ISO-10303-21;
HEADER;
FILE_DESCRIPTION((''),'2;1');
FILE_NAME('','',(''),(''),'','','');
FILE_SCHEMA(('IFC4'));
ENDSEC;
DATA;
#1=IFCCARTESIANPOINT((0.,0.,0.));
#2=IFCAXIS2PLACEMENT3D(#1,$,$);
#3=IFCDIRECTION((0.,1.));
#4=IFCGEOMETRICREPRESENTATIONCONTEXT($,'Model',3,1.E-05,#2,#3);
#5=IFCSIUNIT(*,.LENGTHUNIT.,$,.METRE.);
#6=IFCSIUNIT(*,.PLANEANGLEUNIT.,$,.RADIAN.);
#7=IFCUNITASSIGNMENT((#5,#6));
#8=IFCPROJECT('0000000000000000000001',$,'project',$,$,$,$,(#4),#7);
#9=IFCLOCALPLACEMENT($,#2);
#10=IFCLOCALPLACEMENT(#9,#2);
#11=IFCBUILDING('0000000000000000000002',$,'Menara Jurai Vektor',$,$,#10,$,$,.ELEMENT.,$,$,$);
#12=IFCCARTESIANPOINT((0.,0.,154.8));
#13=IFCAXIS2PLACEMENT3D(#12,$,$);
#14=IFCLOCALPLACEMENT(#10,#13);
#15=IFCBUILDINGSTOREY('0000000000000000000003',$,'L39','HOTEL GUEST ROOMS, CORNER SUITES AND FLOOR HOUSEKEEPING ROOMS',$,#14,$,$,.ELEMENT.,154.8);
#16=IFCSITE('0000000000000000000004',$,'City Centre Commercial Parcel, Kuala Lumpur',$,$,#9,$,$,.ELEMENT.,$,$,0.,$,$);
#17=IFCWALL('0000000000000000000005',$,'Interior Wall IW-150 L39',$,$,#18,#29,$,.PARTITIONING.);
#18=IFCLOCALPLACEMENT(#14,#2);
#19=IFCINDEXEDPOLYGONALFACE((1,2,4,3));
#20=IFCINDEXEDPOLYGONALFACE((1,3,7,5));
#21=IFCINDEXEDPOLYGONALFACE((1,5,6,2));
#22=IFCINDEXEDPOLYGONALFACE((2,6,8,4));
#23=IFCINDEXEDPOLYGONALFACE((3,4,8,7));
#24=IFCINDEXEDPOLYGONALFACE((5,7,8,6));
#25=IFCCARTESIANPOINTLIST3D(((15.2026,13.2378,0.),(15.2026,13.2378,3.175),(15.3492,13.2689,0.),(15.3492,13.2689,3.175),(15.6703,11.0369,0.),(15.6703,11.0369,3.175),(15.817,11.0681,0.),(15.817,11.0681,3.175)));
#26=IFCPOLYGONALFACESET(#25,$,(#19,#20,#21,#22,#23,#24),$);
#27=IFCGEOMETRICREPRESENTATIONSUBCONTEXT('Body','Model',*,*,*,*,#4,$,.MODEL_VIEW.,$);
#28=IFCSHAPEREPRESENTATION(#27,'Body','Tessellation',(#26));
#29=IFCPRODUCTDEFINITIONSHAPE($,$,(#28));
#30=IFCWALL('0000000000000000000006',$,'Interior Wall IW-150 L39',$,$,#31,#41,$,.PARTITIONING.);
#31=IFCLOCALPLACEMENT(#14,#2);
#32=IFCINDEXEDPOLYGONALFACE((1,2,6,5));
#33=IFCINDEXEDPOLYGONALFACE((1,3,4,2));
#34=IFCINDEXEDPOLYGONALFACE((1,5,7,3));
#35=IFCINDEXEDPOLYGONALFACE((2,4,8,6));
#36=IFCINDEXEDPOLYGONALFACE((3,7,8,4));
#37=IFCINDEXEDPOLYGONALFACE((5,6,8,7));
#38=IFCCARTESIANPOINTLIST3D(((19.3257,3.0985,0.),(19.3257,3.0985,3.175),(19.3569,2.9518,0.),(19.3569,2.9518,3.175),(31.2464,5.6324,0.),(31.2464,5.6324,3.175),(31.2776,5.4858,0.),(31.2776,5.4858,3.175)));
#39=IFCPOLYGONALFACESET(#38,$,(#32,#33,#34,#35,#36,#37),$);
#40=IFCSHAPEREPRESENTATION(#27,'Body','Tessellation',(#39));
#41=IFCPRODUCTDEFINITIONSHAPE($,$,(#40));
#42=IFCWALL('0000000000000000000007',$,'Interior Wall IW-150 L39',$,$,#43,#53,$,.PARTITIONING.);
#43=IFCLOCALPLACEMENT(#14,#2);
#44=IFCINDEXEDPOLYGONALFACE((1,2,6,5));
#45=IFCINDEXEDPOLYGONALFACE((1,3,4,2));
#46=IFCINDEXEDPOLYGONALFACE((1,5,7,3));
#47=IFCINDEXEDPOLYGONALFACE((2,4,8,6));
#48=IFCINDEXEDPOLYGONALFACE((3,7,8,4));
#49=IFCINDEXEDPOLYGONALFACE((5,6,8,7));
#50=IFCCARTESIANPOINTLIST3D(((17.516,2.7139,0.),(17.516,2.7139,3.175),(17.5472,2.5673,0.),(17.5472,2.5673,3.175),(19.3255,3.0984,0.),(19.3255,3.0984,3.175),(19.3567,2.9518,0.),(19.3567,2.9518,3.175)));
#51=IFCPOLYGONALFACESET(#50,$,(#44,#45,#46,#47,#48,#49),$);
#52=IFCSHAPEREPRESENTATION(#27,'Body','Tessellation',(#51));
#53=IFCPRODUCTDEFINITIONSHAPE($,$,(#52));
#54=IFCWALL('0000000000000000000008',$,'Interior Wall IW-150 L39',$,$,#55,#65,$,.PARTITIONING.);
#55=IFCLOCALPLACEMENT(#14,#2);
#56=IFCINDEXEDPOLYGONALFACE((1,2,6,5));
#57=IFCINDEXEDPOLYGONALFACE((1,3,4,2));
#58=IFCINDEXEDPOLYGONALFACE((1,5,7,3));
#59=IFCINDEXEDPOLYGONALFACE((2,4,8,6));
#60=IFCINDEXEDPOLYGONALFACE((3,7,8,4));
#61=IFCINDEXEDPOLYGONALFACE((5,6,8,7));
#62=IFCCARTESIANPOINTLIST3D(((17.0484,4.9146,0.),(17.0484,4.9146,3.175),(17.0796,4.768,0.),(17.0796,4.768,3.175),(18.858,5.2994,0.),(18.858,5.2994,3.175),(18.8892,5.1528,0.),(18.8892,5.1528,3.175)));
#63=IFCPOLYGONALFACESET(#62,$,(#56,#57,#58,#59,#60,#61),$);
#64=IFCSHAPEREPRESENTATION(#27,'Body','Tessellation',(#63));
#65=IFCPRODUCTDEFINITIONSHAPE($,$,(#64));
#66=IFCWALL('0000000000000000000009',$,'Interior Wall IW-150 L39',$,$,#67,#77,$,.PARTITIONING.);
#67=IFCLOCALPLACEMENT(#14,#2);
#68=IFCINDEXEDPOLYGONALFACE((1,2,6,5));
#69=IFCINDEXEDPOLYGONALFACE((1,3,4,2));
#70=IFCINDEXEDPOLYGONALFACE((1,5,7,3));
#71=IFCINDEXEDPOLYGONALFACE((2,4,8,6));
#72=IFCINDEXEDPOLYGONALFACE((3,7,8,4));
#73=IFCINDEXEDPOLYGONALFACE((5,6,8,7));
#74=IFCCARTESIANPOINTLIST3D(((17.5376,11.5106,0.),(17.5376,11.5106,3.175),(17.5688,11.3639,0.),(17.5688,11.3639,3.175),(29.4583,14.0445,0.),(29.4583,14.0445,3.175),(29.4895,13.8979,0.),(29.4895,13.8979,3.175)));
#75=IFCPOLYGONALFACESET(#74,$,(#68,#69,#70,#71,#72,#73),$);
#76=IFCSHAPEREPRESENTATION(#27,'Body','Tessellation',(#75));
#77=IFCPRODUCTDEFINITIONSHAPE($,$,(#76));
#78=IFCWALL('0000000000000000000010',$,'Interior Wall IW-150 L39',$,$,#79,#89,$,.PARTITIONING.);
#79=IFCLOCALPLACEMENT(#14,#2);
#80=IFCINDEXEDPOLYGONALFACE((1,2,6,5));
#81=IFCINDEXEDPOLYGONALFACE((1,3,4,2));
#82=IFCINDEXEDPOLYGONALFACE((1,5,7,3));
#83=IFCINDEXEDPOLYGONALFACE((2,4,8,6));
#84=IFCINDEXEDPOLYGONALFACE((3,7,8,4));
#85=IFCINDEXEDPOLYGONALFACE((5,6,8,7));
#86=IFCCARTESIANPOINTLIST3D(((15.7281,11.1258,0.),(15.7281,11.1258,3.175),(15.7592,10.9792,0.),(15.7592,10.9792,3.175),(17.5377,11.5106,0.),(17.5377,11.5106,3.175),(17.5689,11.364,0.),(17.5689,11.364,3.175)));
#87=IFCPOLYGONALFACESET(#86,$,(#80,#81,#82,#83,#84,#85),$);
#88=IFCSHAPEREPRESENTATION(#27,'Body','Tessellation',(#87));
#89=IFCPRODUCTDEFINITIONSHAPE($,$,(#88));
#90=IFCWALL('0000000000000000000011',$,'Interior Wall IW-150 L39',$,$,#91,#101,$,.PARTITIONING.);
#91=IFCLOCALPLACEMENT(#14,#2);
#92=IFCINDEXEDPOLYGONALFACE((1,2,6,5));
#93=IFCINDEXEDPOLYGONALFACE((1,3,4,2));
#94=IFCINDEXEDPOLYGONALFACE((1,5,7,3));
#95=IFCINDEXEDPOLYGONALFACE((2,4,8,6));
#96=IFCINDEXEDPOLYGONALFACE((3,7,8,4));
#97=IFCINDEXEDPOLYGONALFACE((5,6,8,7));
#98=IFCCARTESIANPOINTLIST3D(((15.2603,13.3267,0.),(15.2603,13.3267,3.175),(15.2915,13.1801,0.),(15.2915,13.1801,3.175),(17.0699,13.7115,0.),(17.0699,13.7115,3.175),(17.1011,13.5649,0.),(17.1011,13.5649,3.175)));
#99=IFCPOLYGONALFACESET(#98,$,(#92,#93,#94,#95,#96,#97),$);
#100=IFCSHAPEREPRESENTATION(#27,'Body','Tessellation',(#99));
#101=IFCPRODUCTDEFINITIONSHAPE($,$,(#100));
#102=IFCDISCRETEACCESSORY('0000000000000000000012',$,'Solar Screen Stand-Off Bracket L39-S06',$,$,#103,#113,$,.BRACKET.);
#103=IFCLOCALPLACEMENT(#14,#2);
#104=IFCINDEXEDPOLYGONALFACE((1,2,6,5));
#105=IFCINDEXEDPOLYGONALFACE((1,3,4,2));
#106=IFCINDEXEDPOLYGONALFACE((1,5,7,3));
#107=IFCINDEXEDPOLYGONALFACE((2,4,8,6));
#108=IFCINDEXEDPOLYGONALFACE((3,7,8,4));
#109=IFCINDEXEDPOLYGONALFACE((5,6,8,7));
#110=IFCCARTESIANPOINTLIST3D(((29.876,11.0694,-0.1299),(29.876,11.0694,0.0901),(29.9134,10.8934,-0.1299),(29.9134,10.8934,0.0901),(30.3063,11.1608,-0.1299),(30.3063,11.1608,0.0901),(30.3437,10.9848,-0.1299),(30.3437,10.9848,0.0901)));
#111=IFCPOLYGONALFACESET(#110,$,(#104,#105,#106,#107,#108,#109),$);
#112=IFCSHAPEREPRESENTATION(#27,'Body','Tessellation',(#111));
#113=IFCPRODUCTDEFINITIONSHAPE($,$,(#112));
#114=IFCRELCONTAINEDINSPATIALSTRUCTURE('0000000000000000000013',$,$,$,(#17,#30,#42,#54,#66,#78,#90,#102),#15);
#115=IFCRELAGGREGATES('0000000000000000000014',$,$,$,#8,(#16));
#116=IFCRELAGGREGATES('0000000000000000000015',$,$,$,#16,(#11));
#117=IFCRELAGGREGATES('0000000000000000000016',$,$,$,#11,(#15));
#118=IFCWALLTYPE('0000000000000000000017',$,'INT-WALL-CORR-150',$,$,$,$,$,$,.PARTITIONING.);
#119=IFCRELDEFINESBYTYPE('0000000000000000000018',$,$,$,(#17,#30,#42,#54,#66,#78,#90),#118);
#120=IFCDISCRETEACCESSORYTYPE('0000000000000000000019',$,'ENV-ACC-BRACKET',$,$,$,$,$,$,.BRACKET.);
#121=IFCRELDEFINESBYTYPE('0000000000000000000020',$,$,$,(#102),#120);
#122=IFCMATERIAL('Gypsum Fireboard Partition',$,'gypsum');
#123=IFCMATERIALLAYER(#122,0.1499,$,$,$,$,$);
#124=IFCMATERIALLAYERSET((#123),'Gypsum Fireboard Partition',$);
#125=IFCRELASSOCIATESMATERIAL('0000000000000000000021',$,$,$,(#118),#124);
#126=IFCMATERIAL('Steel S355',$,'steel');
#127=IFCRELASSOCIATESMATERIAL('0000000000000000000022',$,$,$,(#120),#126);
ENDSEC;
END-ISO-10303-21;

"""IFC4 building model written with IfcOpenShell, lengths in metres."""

from ifc_helpers import new_model, si_unit, direction, frame, frame_2d, origin, origin_2d, place, context, subcontext, project, spatial, rectangle, extrude, material, layer, layer_set, type_object, element, save


model = new_model("IFC4")

# Units and contexts
model_context = context("Model", 3, precision=1e-05, world=origin(), true_north=direction((0.0, 1.0)))
body_context = subcontext(model_context, "Body", "Model", "MODEL_VIEW")
ifc_project = project(units=[si_unit("LENGTHUNIT", "METRE"), si_unit("PLANEANGLEUNIT", "RADIAN")], contexts=[model_context])

# Site, building, storey
site_placement = place(None, origin())
site = spatial("IfcSite", under=ifc_project, at=site_placement, Name="City Centre Commercial Parcel, Kuala Lumpur", CompositionType="ELEMENT", RefElevation=0.0)
building_placement = place(site_placement, origin())
building = spatial("IfcBuilding", under=site, at=building_placement, Name="Menara Jurai Vektor", CompositionType="ELEMENT")
storey_placement = place(building_placement, frame((0.0, 0.0, 154.8)))
storey = spatial("IfcBuildingStorey", under=building, at=storey_placement, Name="L39", Description="HOTEL GUEST ROOMS, CORNER SUITES AND FLOOR HOUSEKEEPING ROOMS", CompositionType="ELEMENT", Elevation=154.8)

# Shared definitions
ifc_material_1 = material(Name="Steel S355", Category="steel")

# Shared definitions
ifc_material_2 = material(Name="Gypsum Fireboard Partition", Category="gypsum")
ifc_layer_1 = layer(ifc_material_2, 0.1499)
ifc_layer_set_1 = layer_set([ifc_layer_1], Name="Gypsum Fireboard Partition")
wall_type = type_object("IfcWallType", Name="INT-WALL-CORR-150", PredefinedType="PARTITIONING", material=ifc_layer_set_1)

# Walls
wall_1_placement = place(storey_placement, frame((15.7437, 11.0525, 0.0), z_axis=(0.0, 0.0, 1.0), x_axis=(-0.207891, 0.978152, 0.0)))
element("IfcWall", 1, at=wall_1_placement, inside=storey, type_object=wall_type, Name="Interior Wall IW-150 L39", PredefinedType="PARTITIONING", context=body_context, shape_type="SweptSolid", body=[
    extrude(rectangle(XDim=2.25, YDim=0.1499, at=frame_2d((1.125, 0.0))), origin(), (0.0, 0.0, 1.0), 3.175),
])
wall_2_placement = place(storey_placement, frame((19.3413, 3.0251, 0.0), z_axis=(0.0, 0.0, 1.0), x_axis=(0.978146, 0.207921, 0.0)))
element("IfcWall", 2, at=wall_2_placement, inside=storey, type_object=wall_type, Name="Interior Wall IW-150 L39", PredefinedType="PARTITIONING", context=body_context, shape_type="SweptSolid", body=[
    extrude(rectangle(XDim=12.187, YDim=0.1499, at=frame_2d((6.0935, 0.0))), origin(), (0.0, 0.0, 1.0), 3.175),
])
wall_3_placement = place(storey_placement, frame((17.5317, 2.6406, 0.0), z_axis=(0.0, 0.0, 1.0), x_axis=(0.97816, 0.207852, 0.0)))
element("IfcWall", 3, at=wall_3_placement, inside=storey, type_object=wall_type, Name="Interior Wall IW-150 L39", PredefinedType="PARTITIONING", context=body_context, shape_type="SweptSolid", body=[
    extrude(rectangle(XDim=1.8499, YDim=0.1499, at=frame_2d((0.9248, 0.0))), origin(), (0.0, 0.0, 1.0), 3.175),
])
wall_4_placement = place(storey_placement, frame((17.064, 4.8413, 0.0), z_axis=(0.0, 0.0, 1.0), x_axis=(0.978133, 0.207979, 0.0)))
element("IfcWall", 4, at=wall_4_placement, inside=storey, type_object=wall_type, Name="Interior Wall IW-150 L39", PredefinedType="PARTITIONING", context=body_context, shape_type="SweptSolid", body=[
    extrude(rectangle(XDim=1.8501, YDim=0.1499, at=frame_2d((0.925, 0.0))), origin(), (0.0, 0.0, 1.0), 3.175),
])

# Walls
wall_5_placement = place(storey_placement, frame((17.5532, 11.4373, 0.0), z_axis=(0.0, 0.0, 1.0), x_axis=(0.978146, 0.207921, 0.0)))
element("IfcWall", 5, at=wall_5_placement, inside=storey, type_object=wall_type, Name="Interior Wall IW-150 L39", PredefinedType="PARTITIONING", context=body_context, shape_type="SweptSolid", body=[
    extrude(rectangle(XDim=12.187, YDim=0.1499, at=frame_2d((6.0935, 0.0))), origin(), (0.0, 0.0, 1.0), 3.175),
])
for number, where, z_axis, x_axis, name in (
    (6, (15.7437, 11.0525, 0.0), (0.0, 0.0, 1.0), (0.978133, 0.207979, 0.0), "Interior Wall IW-150 L39"),
    (7, (15.2759, 13.2534, 0.0), (0.0, 0.0, 1.0), (0.978133, 0.207979, 0.0), "Interior Wall IW-150 L39"),
):
    element("IfcWall", number, at=place(storey_placement, frame(where, z_axis=z_axis, x_axis=x_axis)), inside=storey, type_object=wall_type, Name=name, PredefinedType="PARTITIONING", context=body_context, shape_type="SweptSolid", body=[
        extrude(rectangle(XDim=1.8501, YDim=0.1499, at=frame_2d((0.925, 0.0))), origin(), (0.0, 0.0, 1.0), 3.175),
    ])

# Discrete accessory
discrete_accessory_type = type_object("IfcDiscreteAccessoryType", Name="ENV-ACC-BRACKET", PredefinedType="BRACKET", material=ifc_material_1)
discrete_accessory_placement = place(storey_placement, frame((30.1099, 11.0271, -0.1299), z_axis=(0.0, 0.0, 1.0), x_axis=(-0.207912, 0.978148, 0.0)))
element("IfcDiscreteAccessory", 8, at=discrete_accessory_placement, inside=storey, type_object=discrete_accessory_type, Name="Solar Screen Stand-Off Bracket L39-S06", PredefinedType="BRACKET", context=body_context, shape_type="SweptSolid", body=[
    extrude(rectangle(XDim=0.1799, YDim=0.4399, at=origin_2d()), origin(), (0.0, 0.0, 1.0), 0.22),
])

save(model, "model.ifc")
